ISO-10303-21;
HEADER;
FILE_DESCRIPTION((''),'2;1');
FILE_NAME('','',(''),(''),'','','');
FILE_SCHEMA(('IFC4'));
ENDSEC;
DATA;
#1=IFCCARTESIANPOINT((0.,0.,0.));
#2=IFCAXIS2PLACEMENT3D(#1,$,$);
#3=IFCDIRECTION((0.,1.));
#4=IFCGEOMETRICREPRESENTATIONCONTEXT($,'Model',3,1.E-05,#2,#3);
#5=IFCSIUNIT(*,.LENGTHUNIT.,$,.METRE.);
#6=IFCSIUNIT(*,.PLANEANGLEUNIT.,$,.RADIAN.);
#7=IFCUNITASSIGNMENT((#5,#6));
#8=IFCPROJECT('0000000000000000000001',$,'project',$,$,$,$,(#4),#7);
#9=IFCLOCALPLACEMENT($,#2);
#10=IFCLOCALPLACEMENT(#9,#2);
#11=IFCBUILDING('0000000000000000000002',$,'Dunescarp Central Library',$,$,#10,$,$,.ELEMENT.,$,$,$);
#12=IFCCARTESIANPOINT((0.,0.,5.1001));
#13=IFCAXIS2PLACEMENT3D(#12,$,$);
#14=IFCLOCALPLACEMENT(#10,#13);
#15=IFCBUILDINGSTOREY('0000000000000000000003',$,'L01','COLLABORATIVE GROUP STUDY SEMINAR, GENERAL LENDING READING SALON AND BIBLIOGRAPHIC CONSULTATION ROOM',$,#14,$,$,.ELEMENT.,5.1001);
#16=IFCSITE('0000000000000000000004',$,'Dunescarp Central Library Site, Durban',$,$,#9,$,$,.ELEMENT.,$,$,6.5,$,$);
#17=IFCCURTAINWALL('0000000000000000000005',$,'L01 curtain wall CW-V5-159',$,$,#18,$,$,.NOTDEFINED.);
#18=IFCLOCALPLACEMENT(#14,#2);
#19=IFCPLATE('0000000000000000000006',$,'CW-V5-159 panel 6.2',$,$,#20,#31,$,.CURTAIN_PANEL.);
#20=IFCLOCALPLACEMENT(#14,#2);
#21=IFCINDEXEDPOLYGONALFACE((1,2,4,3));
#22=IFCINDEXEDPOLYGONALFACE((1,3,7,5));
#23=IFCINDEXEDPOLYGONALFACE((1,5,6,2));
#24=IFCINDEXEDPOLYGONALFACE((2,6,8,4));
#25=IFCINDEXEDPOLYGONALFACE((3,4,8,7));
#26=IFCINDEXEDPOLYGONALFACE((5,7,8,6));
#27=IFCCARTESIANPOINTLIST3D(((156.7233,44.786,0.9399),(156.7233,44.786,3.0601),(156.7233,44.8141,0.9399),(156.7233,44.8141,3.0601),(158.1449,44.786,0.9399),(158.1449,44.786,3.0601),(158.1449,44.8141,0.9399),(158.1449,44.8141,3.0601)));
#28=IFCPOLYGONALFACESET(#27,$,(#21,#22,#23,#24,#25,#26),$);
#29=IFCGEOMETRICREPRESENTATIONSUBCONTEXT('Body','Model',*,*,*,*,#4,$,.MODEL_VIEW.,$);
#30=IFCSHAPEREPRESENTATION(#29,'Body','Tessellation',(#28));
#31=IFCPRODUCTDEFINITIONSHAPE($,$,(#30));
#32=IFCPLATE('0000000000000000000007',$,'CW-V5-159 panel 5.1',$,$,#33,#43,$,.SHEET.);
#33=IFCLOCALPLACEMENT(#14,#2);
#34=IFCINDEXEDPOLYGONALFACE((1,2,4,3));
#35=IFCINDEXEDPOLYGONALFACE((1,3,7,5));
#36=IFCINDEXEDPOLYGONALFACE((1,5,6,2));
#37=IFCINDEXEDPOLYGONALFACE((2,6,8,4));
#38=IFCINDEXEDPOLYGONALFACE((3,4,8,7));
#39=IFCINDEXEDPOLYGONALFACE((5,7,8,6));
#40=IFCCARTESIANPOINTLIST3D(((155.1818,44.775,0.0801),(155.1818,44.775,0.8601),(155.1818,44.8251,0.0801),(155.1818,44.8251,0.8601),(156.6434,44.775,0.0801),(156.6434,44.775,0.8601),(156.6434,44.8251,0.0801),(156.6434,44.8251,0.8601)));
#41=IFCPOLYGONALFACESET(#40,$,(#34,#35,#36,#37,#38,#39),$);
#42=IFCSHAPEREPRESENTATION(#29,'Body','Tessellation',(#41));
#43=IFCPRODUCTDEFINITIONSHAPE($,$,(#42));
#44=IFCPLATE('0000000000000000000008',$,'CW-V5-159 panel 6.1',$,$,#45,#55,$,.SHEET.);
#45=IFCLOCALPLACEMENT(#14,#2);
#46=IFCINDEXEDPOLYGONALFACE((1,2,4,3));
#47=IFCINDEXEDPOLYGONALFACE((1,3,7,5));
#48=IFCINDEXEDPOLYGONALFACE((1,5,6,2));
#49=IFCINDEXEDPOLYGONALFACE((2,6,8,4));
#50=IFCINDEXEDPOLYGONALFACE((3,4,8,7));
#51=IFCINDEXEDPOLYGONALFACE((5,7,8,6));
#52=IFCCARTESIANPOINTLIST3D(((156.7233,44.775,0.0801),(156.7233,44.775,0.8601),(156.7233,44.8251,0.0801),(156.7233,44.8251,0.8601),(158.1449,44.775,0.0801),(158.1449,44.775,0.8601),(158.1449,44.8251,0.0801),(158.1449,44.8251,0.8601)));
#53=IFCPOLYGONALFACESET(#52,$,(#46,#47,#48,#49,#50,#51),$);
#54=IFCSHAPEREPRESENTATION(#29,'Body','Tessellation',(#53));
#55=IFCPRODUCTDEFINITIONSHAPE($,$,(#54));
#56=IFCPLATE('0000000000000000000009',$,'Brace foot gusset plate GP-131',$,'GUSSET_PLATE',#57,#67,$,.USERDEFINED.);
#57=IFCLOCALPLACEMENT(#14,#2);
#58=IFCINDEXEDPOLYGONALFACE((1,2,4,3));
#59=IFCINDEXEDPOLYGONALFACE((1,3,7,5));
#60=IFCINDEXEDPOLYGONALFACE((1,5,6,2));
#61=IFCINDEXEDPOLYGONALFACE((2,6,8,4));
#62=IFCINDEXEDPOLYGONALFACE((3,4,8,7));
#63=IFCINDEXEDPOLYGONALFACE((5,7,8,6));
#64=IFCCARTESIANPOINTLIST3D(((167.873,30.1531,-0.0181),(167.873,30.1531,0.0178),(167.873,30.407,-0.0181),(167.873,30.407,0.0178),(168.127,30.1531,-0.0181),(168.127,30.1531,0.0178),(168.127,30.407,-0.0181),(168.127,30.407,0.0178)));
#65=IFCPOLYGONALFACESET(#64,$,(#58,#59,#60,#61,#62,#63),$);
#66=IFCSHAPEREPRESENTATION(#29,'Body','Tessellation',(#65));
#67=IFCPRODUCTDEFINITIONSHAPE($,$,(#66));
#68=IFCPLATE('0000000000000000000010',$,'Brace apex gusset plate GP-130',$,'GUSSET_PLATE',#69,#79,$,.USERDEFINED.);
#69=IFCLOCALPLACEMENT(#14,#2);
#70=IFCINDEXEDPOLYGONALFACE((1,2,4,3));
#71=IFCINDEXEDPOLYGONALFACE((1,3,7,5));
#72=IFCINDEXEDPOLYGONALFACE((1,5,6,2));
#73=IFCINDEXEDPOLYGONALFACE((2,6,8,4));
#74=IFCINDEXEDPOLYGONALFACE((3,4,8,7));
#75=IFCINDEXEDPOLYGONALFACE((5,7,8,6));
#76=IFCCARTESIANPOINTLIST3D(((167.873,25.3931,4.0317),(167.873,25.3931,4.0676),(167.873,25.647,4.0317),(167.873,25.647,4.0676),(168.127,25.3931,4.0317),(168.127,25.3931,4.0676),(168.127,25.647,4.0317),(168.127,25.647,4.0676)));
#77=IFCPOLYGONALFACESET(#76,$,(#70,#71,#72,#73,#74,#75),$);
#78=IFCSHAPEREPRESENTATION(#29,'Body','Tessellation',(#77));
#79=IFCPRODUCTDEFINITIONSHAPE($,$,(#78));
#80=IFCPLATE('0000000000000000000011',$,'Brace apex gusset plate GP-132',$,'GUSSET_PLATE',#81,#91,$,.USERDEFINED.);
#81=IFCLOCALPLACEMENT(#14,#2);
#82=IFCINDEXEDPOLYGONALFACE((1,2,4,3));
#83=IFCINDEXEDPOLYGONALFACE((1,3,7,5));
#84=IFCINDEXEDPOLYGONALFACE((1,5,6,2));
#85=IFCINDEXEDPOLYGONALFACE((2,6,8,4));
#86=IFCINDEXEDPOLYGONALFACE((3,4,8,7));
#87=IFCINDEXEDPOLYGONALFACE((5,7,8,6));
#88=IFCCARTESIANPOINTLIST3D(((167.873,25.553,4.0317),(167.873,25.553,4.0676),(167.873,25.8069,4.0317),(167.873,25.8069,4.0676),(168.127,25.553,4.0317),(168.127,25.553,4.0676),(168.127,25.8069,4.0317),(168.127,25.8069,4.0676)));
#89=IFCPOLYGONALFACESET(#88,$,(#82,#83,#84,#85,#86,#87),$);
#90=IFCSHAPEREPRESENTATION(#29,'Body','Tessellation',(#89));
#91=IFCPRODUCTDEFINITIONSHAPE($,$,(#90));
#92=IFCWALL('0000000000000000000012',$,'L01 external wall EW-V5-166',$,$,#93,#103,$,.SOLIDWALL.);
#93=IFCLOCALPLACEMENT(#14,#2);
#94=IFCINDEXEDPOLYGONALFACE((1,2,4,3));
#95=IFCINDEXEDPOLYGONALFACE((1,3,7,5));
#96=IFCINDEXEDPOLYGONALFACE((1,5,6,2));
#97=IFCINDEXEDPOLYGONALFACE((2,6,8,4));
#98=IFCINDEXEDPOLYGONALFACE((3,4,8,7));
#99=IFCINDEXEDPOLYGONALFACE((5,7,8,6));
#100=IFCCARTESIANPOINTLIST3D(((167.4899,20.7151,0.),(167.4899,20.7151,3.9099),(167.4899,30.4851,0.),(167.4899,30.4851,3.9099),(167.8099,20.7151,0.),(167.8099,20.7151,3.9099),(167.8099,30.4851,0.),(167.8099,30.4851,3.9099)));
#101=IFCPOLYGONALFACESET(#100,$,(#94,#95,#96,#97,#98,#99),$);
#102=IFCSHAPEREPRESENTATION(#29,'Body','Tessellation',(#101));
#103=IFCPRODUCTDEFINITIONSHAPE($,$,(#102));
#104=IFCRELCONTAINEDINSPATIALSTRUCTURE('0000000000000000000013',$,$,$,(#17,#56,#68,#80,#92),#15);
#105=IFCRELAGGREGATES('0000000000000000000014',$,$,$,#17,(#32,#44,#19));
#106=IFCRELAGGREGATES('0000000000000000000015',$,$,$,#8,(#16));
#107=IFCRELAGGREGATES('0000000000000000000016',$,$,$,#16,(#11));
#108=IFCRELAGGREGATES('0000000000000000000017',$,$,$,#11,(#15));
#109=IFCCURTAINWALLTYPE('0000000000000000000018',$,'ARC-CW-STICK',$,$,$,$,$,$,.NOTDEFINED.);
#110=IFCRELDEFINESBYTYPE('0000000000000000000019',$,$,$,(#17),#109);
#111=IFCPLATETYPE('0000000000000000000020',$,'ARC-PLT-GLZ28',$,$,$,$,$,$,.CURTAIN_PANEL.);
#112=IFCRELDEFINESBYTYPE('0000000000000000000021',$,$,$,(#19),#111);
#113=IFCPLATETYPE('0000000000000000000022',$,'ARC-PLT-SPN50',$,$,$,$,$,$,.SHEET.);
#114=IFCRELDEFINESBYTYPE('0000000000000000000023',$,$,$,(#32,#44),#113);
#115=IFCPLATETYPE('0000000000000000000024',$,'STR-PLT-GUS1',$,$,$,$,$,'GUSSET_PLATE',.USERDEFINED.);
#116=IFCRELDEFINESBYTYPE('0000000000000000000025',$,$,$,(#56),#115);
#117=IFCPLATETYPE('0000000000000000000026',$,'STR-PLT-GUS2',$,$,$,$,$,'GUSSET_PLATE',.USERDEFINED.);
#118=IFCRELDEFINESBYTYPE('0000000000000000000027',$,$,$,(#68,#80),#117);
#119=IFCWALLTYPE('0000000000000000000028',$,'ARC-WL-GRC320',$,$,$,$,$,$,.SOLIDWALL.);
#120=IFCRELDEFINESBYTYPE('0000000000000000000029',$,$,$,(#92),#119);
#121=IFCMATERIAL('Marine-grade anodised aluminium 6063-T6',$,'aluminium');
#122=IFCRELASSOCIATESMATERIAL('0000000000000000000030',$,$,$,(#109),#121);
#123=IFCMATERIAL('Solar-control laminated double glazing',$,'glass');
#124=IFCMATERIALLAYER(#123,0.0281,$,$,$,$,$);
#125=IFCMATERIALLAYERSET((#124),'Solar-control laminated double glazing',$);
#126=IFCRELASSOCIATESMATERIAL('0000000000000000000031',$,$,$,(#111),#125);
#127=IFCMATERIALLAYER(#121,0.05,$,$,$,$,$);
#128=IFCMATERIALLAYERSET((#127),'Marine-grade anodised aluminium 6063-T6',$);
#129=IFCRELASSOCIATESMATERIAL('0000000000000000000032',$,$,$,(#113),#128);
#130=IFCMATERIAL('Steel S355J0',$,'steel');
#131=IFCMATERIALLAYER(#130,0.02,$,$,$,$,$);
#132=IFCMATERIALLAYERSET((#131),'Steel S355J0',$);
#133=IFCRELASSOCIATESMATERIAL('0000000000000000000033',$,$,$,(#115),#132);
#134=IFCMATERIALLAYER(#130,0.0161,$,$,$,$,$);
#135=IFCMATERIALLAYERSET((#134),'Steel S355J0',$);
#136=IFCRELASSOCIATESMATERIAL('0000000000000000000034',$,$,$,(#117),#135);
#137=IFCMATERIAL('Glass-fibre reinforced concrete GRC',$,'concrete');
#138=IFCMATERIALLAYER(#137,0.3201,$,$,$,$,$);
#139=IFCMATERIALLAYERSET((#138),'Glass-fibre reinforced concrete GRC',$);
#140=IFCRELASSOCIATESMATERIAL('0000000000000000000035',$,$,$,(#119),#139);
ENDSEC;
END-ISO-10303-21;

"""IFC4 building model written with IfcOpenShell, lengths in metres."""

from ifc_helpers import new_model, si_unit, direction, frame, frame_2d, origin, origin_2d, place, context, subcontext, project, spatial, rectangle, extrude, material, layer, layer_set, type_object, element, aggregate, save


model = new_model("IFC4")

# Units and contexts
model_context = context("Model", 3, precision=1e-05, world=origin(), true_north=direction((0.0, 1.0)))
body_context = subcontext(model_context, "Body", "Model", "MODEL_VIEW")
ifc_project = project(units=[si_unit("LENGTHUNIT", "METRE"), si_unit("PLANEANGLEUNIT", "RADIAN")], contexts=[model_context])

# Site, building, storey
site_placement = place(None, origin())
site = spatial("IfcSite", under=ifc_project, at=site_placement, Name="Dunescarp Central Library Site, Durban", CompositionType="ELEMENT", RefElevation=6.5)
building_placement = place(site_placement, origin())
building = spatial("IfcBuilding", under=site, at=building_placement, Name="Dunescarp Central Library", CompositionType="ELEMENT")
storey_placement = place(building_placement, frame((0.0, 0.0, 5.1001)))
storey = spatial("IfcBuildingStorey", under=building, at=storey_placement, Name="L01", Description="COLLABORATIVE GROUP STUDY SEMINAR, GENERAL LENDING READING SALON AND BIBLIOGRAPHIC CONSULTATION ROOM", CompositionType="ELEMENT", Elevation=5.1001)

# Curtain wall
ifc_material_1 = material(Name="Marine-grade anodised aluminium 6063-T6", Category="aluminium")
curtain_wall_type = type_object("IfcCurtainWallType", Name="ARC-CW-STICK", PredefinedType="NOTDEFINED", material=ifc_material_1)
curtain_wall_placement = place(storey_placement, origin())
curtain_wall = element("IfcCurtainWall", 1, at=curtain_wall_placement, inside=storey, type_object=curtain_wall_type, Name="L01 curtain wall CW-V5-159", PredefinedType="NOTDEFINED")

# Shared definitions
ifc_material_2 = material(Name="Steel S355J0", Category="steel")

# Plates
ifc_material_3 = material(Name="Solar-control laminated double glazing", Category="glass")
ifc_layer_1 = layer(ifc_material_3, 0.0281)
ifc_layer_set_1 = layer_set([ifc_layer_1], Name="Solar-control laminated double glazing")
plate_type_1 = type_object("IfcPlateType", Name="ARC-PLT-GLZ28", PredefinedType="CURTAIN_PANEL", material=ifc_layer_set_1)
plate_1_placement = place(storey_placement, frame((157.4341, 44.8, 0.9399), z_axis=(0.0, 0.0, 1.0), x_axis=(1.0, 0.0, 0.0)))
plate_1 = element("IfcPlate", 2, at=plate_1_placement, type_object=plate_type_1, Name="CW-V5-159 panel 6.2", PredefinedType="CURTAIN_PANEL", context=body_context, shape_type="SweptSolid", body=[
    extrude(rectangle(XDim=1.4216, YDim=0.0281, at=origin_2d()), origin(), (0.0, 0.0, 1.0), 2.1201),
])
ifc_layer_2 = layer(ifc_material_1, 0.05)
ifc_layer_set_2 = layer_set([ifc_layer_2], Name="Marine-grade anodised aluminium 6063-T6")
plate_type_2 = type_object("IfcPlateType", Name="ARC-PLT-SPN50", PredefinedType="SHEET", material=ifc_layer_set_2)
plate_2_placement = place(storey_placement, frame((155.9126, 44.8, 0.0801), z_axis=(0.0, 0.0, 1.0), x_axis=(1.0, 0.0, 0.0)))
plate_2 = element("IfcPlate", 3, at=plate_2_placement, type_object=plate_type_2, Name="CW-V5-159 panel 5.1", PredefinedType="SHEET", context=body_context, shape_type="SweptSolid", body=[
    extrude(rectangle(XDim=1.4617, YDim=0.05, at=origin_2d()), origin(), (0.0, 0.0, 1.0), 0.78),
])
plate_3_placement = place(storey_placement, frame((157.4341, 44.8, 0.0801), z_axis=(0.0, 0.0, 1.0), x_axis=(1.0, 0.0, 0.0)))
plate_3 = element("IfcPlate", 4, at=plate_3_placement, type_object=plate_type_2, Name="CW-V5-159 panel 6.1", PredefinedType="SHEET", context=body_context, shape_type="SweptSolid", body=[
    extrude(rectangle(XDim=1.4216, YDim=0.05, at=origin_2d()), origin(), (0.0, 0.0, 1.0), 0.78),
])
aggregate(curtain_wall, [plate_2, plate_3, plate_1])

# Plates
ifc_layer_3 = layer(ifc_material_2, 0.02)
ifc_layer_set_3 = layer_set([ifc_layer_3], Name="Steel S355J0")
plate_type_3 = type_object("IfcPlateType", Name="STR-PLT-GUS1", ElementType="GUSSET_PLATE", PredefinedType="USERDEFINED", material=ifc_layer_set_3)
plate_4_placement = place(storey_placement, frame((168.0, 30.28, -0.0181), z_axis=(0.0, 0.0, 1.0), x_axis=(1.0, 0.0, 0.0)))
element("IfcPlate", 5, at=plate_4_placement, inside=storey, type_object=plate_type_3, Name="Brace foot gusset plate GP-131", ObjectType="GUSSET_PLATE", PredefinedType="USERDEFINED", context=body_context, shape_type="SweptSolid", body=[
    extrude(rectangle(XDim=0.2539, YDim=0.2539, at=origin_2d()), origin(), (0.0, 0.0, 1.0), 0.0359),
])
ifc_layer_4 = layer(ifc_material_2, 0.0161)
ifc_layer_set_4 = layer_set([ifc_layer_4], Name="Steel S355J0")
plate_type_4 = type_object("IfcPlateType", Name="STR-PLT-GUS2", ElementType="GUSSET_PLATE", PredefinedType="USERDEFINED", material=ifc_layer_set_4)
for number, where, z_axis, x_axis, name in (
    (6, (168.0, 25.52, 4.0317), (0.0, 0.0, 1.0), (1.0, 0.0, 0.0), "Brace apex gusset plate GP-130"),
    (7, (168.0, 25.6799, 4.0317), (0.0, 0.0, 1.0), (1.0, 0.0, 0.0), "Brace apex gusset plate GP-132"),
):
    element("IfcPlate", number, at=place(storey_placement, frame(where, z_axis=z_axis, x_axis=x_axis)), inside=storey, type_object=plate_type_4, Name=name, ObjectType="GUSSET_PLATE", PredefinedType="USERDEFINED", context=body_context, shape_type="SweptSolid", body=[
        extrude(rectangle(XDim=0.2539, YDim=0.2539, at=origin_2d()), origin(), (0.0, 0.0, 1.0), 0.0359),
    ])

# Wall
ifc_material_4 = material(Name="Glass-fibre reinforced concrete GRC", Category="concrete")
ifc_layer_5 = layer(ifc_material_4, 0.3201)
ifc_layer_set_5 = layer_set([ifc_layer_5], Name="Glass-fibre reinforced concrete GRC")
wall_type = type_object("IfcWallType", Name="ARC-WL-GRC320", PredefinedType="SOLIDWALL", material=ifc_layer_set_5)
wall_placement = place(storey_placement, frame((167.6499, 30.4851, 0.0), z_axis=(0.0, 0.0, 1.0), x_axis=(0.0, -1.0, 0.0)))
element("IfcWall", 8, at=wall_placement, inside=storey, type_object=wall_type, Name="L01 external wall EW-V5-166", PredefinedType="SOLIDWALL", context=body_context, shape_type="SweptSolid", body=[
    extrude(rectangle(XDim=9.77, YDim=0.3201, at=frame_2d((4.885, 0.0))), origin(), (0.0, 0.0, 1.0), 3.9099),
])

save(model, "model.ifc")
